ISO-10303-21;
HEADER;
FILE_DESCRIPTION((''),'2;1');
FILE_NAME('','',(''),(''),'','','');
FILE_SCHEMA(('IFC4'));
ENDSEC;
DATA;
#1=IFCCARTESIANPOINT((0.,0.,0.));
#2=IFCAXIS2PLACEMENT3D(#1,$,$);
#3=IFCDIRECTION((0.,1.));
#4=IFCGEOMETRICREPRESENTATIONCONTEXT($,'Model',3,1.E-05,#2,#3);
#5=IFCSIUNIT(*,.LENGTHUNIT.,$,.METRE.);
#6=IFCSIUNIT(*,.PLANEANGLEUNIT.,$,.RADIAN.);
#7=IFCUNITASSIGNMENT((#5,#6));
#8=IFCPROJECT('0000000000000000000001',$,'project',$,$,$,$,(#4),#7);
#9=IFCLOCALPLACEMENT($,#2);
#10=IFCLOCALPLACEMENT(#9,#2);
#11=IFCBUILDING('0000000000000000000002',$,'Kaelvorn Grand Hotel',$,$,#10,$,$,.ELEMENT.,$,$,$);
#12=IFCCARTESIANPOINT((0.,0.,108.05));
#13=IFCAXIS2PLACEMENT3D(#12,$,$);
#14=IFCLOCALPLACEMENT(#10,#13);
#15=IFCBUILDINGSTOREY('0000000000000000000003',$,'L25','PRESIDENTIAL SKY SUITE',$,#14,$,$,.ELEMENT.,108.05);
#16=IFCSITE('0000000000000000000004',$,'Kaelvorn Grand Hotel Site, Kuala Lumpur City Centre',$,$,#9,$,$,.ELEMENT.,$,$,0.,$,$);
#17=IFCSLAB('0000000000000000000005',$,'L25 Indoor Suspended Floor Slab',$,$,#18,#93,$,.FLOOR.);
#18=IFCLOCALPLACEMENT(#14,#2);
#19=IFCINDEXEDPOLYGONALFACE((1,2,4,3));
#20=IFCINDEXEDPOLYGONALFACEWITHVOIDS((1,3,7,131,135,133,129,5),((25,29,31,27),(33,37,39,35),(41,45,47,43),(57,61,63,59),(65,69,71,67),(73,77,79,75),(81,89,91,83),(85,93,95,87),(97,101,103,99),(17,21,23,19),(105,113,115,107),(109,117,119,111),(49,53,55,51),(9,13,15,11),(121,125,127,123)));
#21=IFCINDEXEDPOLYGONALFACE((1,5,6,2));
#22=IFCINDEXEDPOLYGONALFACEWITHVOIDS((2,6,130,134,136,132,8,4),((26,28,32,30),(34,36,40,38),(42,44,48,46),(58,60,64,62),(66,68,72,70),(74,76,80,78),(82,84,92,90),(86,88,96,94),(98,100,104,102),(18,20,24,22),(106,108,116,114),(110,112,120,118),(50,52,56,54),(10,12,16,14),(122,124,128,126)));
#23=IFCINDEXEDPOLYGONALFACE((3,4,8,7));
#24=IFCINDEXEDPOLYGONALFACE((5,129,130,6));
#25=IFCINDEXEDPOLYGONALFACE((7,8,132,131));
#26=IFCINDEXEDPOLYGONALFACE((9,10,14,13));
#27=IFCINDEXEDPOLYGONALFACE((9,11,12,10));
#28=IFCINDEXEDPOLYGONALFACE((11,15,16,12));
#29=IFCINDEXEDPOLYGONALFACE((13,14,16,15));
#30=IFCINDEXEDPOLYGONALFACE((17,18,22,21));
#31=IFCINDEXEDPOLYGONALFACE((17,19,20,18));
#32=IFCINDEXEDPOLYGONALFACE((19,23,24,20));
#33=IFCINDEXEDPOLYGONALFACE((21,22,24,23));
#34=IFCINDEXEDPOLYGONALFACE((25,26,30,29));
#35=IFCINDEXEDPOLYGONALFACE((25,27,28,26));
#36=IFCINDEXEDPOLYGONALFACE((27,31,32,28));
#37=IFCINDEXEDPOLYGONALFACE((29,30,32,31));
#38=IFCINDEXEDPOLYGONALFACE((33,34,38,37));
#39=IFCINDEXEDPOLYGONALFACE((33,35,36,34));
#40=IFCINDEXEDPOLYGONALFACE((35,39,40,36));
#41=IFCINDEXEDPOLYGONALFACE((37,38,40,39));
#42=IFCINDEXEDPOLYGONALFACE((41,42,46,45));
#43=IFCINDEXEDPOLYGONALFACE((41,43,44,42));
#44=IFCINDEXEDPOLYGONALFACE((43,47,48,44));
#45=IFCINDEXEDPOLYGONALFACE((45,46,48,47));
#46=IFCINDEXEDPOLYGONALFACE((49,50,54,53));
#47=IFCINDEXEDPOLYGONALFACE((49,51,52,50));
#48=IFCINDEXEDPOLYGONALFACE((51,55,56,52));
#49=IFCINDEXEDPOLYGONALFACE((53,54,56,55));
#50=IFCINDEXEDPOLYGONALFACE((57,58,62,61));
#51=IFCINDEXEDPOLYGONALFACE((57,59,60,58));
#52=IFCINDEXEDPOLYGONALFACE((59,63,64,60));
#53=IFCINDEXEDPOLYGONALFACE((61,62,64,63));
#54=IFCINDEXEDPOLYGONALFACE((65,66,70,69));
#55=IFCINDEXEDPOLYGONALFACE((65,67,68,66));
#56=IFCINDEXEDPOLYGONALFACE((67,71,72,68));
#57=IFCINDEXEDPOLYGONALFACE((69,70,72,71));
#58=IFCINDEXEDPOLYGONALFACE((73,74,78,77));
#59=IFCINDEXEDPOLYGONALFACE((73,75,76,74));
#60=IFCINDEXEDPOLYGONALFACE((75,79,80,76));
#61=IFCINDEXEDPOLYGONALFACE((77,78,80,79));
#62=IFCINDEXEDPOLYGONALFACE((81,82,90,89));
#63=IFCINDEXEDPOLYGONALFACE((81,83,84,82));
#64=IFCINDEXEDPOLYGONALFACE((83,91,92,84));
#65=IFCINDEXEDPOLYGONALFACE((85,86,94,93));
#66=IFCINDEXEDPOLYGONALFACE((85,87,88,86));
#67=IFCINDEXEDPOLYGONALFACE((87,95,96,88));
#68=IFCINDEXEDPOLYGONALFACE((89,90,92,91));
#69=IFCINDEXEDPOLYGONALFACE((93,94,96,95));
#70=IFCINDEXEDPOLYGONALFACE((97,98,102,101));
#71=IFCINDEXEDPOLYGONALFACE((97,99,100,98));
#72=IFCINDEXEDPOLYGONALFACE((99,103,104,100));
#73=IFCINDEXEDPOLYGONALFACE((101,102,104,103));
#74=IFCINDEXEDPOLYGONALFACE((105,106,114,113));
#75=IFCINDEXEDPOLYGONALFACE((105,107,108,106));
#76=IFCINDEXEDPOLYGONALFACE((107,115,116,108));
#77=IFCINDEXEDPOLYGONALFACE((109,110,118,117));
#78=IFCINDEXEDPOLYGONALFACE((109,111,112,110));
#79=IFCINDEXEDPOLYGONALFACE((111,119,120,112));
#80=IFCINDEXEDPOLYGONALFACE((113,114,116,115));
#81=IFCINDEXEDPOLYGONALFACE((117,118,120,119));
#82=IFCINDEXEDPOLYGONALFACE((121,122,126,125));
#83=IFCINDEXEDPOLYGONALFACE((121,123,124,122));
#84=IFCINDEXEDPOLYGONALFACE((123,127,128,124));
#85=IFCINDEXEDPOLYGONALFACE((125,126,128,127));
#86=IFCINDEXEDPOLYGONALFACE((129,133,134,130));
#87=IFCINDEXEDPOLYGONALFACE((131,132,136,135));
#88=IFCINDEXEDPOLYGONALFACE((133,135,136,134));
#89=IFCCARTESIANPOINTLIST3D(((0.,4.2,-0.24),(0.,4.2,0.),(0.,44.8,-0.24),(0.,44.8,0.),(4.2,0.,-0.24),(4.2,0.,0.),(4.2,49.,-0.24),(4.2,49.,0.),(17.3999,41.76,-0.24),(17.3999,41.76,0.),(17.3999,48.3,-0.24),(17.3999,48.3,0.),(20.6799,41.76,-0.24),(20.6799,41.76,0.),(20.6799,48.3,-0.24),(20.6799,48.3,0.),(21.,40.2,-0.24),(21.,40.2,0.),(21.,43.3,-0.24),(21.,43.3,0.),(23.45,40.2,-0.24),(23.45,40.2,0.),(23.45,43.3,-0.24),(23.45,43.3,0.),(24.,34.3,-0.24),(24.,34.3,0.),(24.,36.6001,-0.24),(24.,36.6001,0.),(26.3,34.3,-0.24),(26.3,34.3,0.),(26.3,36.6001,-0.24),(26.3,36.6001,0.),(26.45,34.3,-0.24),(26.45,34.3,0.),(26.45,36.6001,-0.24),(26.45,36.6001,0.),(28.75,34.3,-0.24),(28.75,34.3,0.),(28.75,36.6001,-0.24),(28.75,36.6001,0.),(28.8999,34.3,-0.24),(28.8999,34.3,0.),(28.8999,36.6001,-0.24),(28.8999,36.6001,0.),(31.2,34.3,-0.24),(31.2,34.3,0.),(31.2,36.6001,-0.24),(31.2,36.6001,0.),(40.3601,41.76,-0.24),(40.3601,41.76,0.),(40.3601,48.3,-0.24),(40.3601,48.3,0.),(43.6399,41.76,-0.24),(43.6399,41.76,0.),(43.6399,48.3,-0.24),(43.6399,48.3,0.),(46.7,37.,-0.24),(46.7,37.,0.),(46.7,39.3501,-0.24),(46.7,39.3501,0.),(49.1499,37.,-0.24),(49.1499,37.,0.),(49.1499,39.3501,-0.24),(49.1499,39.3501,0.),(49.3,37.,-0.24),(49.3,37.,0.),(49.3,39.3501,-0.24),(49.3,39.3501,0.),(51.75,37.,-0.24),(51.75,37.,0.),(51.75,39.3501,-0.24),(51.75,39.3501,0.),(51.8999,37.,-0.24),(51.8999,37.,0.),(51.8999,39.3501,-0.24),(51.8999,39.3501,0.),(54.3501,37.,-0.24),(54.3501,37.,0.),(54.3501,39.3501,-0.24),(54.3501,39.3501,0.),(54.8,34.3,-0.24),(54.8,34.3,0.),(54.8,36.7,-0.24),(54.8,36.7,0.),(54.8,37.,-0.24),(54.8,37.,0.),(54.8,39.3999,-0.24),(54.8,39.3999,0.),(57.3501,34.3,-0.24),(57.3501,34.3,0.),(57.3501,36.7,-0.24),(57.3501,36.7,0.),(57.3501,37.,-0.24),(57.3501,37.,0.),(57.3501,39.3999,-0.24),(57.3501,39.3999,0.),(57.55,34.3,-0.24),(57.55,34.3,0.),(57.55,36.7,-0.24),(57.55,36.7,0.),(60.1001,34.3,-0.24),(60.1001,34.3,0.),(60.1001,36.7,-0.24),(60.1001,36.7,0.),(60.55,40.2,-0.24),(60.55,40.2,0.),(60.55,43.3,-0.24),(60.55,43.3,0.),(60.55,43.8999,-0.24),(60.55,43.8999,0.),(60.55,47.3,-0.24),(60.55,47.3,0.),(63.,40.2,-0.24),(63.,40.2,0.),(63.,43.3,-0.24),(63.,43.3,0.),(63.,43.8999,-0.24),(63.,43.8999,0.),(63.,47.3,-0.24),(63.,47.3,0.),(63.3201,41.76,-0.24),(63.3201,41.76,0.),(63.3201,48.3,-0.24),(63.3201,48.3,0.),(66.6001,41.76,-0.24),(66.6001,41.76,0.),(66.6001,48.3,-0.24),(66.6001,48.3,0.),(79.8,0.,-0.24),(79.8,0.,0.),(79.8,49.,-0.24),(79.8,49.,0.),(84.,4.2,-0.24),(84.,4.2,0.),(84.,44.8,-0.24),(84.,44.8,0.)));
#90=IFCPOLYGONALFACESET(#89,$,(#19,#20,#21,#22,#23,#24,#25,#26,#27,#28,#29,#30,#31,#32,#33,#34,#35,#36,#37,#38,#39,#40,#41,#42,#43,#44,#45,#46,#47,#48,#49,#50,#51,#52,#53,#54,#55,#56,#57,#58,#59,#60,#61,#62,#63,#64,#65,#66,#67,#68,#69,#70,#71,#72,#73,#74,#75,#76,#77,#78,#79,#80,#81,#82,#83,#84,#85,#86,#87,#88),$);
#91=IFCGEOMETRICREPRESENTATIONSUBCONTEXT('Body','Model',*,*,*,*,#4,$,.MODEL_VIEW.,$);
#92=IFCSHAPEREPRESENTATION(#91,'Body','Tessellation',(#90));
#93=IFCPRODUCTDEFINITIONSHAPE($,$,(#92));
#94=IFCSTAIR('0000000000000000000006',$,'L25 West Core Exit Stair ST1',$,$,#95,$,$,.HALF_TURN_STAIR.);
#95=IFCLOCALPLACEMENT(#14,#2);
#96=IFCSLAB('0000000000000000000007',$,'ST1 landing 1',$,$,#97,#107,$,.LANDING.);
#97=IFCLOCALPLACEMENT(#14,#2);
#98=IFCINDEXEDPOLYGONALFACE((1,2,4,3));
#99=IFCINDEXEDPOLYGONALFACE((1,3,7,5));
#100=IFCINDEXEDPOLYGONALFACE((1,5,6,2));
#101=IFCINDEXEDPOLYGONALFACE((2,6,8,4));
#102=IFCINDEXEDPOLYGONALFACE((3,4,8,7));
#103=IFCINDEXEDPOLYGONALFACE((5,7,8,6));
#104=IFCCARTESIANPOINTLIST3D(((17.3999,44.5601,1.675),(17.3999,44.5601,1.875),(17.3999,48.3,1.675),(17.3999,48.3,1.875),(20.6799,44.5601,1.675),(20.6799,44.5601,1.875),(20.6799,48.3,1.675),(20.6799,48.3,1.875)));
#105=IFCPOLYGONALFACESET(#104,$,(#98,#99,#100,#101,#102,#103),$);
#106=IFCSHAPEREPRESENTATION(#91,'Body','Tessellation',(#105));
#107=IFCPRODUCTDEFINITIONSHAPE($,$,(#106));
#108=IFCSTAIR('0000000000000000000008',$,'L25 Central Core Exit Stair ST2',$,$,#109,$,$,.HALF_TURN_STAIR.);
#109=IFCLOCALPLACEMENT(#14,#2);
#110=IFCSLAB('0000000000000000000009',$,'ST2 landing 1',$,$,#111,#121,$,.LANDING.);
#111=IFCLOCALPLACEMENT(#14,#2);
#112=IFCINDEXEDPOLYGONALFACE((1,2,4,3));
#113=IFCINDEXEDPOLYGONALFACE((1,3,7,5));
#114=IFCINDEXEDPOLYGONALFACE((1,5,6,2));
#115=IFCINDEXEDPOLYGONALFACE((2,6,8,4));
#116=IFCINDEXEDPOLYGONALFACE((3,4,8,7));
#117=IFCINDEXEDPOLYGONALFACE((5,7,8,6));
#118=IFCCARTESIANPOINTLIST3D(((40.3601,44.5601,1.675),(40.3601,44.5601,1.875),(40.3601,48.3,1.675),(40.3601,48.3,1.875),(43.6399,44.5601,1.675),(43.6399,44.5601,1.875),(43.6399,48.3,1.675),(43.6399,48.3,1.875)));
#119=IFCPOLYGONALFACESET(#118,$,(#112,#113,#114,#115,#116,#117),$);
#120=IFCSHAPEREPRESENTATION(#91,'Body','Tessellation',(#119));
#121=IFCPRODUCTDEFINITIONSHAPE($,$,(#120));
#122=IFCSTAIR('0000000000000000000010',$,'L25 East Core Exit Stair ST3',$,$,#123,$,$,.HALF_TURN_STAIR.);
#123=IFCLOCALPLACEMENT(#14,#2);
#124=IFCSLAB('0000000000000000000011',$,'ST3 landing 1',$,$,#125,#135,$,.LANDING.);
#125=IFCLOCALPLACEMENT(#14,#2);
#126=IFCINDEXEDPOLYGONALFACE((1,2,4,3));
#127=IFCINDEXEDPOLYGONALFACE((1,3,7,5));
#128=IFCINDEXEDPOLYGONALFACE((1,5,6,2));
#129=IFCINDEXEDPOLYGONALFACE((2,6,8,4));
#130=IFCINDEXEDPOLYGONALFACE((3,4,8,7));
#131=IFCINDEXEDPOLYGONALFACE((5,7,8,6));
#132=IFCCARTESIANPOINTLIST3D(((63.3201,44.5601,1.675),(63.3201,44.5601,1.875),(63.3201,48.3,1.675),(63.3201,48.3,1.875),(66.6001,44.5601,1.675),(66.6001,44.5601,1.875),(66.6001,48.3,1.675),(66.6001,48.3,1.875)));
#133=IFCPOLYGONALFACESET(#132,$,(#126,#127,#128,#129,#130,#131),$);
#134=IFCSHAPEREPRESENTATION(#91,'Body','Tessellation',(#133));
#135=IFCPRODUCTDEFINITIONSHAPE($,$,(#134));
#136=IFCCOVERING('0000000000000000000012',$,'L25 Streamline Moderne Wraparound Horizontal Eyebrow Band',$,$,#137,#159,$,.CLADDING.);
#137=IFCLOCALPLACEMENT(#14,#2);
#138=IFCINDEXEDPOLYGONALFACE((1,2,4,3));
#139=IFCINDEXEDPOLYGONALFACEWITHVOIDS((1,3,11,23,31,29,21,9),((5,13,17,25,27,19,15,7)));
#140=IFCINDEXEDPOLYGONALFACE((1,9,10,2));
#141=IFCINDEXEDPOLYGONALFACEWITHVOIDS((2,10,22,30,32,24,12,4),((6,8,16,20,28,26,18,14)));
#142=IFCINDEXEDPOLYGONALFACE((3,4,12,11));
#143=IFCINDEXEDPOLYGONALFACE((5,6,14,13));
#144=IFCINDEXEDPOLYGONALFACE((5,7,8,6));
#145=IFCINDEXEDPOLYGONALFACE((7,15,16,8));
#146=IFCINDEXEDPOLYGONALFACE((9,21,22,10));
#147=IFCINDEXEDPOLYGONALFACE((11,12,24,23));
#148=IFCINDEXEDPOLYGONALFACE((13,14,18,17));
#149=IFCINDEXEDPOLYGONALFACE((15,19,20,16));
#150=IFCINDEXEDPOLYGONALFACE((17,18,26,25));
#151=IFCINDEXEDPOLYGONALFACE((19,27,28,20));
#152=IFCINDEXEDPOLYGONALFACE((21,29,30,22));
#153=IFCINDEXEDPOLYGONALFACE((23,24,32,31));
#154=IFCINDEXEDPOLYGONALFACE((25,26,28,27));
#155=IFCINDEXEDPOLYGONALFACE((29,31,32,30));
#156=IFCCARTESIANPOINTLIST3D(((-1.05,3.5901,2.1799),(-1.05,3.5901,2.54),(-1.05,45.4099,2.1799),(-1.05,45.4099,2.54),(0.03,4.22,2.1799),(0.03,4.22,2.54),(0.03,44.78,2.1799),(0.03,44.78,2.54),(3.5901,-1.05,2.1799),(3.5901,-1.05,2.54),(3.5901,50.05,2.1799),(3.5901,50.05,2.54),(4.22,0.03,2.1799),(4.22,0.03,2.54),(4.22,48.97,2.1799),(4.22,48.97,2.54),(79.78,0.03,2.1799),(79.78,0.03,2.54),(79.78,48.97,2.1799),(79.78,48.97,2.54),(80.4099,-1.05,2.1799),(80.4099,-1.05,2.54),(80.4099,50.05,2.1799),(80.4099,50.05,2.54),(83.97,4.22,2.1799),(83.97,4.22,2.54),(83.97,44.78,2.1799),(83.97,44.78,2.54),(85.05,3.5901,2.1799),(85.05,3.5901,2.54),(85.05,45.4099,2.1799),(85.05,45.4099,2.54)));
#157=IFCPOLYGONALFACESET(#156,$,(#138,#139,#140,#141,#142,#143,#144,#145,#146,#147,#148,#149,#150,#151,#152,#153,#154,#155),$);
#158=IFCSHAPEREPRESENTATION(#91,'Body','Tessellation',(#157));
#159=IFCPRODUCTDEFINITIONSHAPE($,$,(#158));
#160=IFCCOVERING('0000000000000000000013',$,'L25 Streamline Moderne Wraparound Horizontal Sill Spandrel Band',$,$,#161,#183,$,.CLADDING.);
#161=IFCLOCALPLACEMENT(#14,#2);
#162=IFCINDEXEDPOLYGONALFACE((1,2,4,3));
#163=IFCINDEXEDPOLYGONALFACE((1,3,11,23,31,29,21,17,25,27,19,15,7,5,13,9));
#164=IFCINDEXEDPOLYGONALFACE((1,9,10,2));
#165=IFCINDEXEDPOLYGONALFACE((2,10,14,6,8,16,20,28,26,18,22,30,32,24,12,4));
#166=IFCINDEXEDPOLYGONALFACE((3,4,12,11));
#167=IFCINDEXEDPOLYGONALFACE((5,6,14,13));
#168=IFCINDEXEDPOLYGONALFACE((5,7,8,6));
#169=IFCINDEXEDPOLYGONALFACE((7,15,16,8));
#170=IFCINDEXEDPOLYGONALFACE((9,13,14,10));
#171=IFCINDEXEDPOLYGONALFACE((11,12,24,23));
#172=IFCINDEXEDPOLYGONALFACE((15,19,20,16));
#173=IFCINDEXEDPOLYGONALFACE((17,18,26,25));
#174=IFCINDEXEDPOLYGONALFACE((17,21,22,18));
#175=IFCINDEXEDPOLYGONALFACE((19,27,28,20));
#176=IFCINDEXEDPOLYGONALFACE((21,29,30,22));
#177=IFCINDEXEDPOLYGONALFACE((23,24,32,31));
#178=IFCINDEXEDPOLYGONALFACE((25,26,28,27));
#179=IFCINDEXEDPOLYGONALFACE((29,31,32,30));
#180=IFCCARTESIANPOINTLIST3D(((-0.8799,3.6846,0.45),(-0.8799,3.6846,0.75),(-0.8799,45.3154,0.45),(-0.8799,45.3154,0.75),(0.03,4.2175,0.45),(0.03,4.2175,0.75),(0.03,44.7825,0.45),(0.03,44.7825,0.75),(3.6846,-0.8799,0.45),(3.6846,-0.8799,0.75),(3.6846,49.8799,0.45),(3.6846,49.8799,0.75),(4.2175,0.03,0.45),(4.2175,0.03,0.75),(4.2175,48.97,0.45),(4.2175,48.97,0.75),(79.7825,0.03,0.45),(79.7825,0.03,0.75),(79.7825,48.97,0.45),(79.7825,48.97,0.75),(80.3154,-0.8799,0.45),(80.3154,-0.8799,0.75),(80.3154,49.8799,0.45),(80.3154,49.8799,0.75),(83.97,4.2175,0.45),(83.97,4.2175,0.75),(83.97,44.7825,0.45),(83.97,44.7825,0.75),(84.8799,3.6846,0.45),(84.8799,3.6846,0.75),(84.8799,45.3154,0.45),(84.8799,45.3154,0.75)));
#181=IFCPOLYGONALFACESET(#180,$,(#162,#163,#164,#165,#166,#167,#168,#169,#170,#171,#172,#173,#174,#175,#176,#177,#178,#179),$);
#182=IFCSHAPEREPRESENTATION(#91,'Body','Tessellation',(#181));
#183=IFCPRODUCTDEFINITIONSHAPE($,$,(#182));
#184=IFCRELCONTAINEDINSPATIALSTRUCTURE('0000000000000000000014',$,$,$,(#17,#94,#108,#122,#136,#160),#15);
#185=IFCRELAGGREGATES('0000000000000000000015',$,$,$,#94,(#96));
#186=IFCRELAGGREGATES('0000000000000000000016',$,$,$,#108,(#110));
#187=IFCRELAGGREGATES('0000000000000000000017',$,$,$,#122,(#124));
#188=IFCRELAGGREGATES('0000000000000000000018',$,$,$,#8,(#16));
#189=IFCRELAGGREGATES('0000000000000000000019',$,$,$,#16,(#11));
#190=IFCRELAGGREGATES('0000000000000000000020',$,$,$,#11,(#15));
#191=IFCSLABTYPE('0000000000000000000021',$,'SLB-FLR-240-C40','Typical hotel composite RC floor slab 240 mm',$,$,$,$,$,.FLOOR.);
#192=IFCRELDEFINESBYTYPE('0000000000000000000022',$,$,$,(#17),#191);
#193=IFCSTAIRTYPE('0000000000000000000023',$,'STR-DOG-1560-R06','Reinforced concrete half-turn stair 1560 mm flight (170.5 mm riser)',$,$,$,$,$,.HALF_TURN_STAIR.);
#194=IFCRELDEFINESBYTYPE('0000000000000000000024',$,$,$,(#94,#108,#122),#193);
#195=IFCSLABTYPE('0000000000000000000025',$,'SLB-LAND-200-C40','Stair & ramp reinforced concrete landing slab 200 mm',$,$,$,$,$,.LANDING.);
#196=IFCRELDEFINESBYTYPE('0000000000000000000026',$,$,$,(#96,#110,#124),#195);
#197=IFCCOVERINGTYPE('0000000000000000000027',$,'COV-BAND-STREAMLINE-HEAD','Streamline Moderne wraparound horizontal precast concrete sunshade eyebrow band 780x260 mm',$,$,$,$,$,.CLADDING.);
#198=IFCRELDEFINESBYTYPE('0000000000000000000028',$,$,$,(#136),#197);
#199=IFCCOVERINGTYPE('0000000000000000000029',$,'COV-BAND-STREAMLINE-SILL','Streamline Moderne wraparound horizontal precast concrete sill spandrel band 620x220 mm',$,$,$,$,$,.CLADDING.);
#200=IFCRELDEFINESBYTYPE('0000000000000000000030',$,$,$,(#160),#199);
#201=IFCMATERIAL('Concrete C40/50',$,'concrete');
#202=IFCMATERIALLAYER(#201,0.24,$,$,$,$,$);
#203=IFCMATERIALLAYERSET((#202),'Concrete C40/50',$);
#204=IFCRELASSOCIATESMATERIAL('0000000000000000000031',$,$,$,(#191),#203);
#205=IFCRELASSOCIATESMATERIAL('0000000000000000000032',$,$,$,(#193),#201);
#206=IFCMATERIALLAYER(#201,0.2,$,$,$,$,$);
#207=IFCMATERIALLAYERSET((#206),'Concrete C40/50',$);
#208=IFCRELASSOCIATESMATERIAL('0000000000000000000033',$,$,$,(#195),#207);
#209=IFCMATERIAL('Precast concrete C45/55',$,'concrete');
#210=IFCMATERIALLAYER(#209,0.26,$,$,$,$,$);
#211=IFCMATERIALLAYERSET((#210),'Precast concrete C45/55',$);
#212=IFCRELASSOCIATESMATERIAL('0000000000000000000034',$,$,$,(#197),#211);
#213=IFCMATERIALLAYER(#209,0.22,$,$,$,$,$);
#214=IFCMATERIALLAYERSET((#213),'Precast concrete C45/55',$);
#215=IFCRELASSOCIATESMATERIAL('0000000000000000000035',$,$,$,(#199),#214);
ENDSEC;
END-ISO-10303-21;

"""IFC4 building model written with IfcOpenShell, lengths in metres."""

from ifc_helpers import new_model, si_unit, direction, frame, origin, place, context, subcontext, project, spatial, polyline, outline, extrude, material, layer, layer_set, type_object, element, aggregate, save


model = new_model("IFC4")

# Units and contexts
model_context = context("Model", 3, precision=1e-05, world=origin(), true_north=direction((0.0, 1.0)))
body_context = subcontext(model_context, "Body", "Model", "MODEL_VIEW")
ifc_project = project(units=[si_unit("LENGTHUNIT", "METRE"), si_unit("PLANEANGLEUNIT", "RADIAN")], contexts=[model_context])

# Site, building, storey
site_placement = place(None, origin())
site = spatial("IfcSite", under=ifc_project, at=site_placement, Name="Kaelvorn Grand Hotel Site, Kuala Lumpur City Centre", CompositionType="ELEMENT", RefElevation=0.0)
building_placement = place(site_placement, origin())
building = spatial("IfcBuilding", under=site, at=building_placement, Name="Kaelvorn Grand Hotel", CompositionType="ELEMENT")
storey_placement = place(building_placement, frame((0.0, 0.0, 108.05)))
storey = spatial("IfcBuildingStorey", under=building, at=storey_placement, Name="L25", Description="PRESIDENTIAL SKY SUITE", CompositionType="ELEMENT", Elevation=108.05)

# Slab
ifc_material_1 = material(Name="Concrete C40/50", Category="concrete")
ifc_layer_1 = layer(ifc_material_1, 0.24)
ifc_layer_set_1 = layer_set([ifc_layer_1], Name="Concrete C40/50")
slab_type_1 = type_object("IfcSlabType", Name="SLB-FLR-240-C40", Description="Typical hotel composite RC floor slab 240 mm", PredefinedType="FLOOR", material=ifc_layer_set_1)
slab_1_placement = place(storey_placement, frame((0.0, 0.0, -0.24)))
element("IfcSlab", 1, at=slab_1_placement, inside=storey, type_object=slab_type_1, Name="L25 Indoor Suspended Floor Slab", PredefinedType="FLOOR", context=body_context, shape_type="SweptSolid", body=[
    extrude(outline(polyline([(4.2, 0.0), (79.8, 0.0), (84.0, 4.2), (84.0, 44.8), (79.8, 49.0), (4.2, 49.0), (0.0, 44.8), (0.0, 4.2), (4.2, 0.0)]), holes=[polyline([(17.3999, 41.76), (17.3999, 48.3), (20.6799, 48.3), (20.6799, 41.76), (17.3999, 41.76)]), polyline([(40.3601, 41.76), (40.3601, 48.3), (43.6399, 48.3), (43.6399, 41.76), (40.3601, 41.76)]), polyline([(63.3201, 41.76), (63.3201, 48.3), (66.6001, 48.3), (66.6001, 41.76), (63.3201, 41.76)]), polyline([(24.0, 34.3), (24.0, 36.6001), (26.3, 36.6001), (26.3, 34.3), (24.0, 34.3)]), polyline([(26.45, 34.3), (26.45, 36.6001), (28.75, 36.6001), (28.75, 34.3), (26.45, 34.3)]), polyline([(28.8999, 34.3), (28.8999, 36.6001), (31.2, 36.6001), (31.2, 34.3), (28.8999, 34.3)]), polyline([(46.7, 37.0), (46.7, 39.3501), (49.1499, 39.3501), (49.1499, 37.0), (46.7, 37.0)]), polyline([(49.3, 37.0), (49.3, 39.3501), (51.75, 39.3501), (51.75, 37.0), (49.3, 37.0)]), polyline([(51.8999, 37.0), (51.8999, 39.3501), (54.3501, 39.3501), (54.3501, 37.0), (51.8999, 37.0)]), polyline([(54.8, 34.3), (54.8, 36.7), (57.3501, 36.7), (57.3501, 34.3), (54.8, 34.3)]), polyline([(57.55, 34.3), (57.55, 36.7), (60.1001, 36.7), (60.1001, 34.3), (57.55, 34.3)]), polyline([(54.8, 37.0), (54.8, 39.3999), (57.3501, 39.3999), (57.3501, 37.0), (54.8, 37.0)]), polyline([(21.0, 40.2), (21.0, 43.3), (23.45, 43.3), (23.45, 40.2), (21.0, 40.2)]), polyline([(60.55, 40.2), (60.55, 43.3), (63.0, 43.3), (63.0, 40.2), (60.55, 40.2)]), polyline([(60.55, 43.8999), (60.55, 47.3), (63.0, 47.3), (63.0, 43.8999), (60.55, 43.8999)])]), origin(), (0.0, 0.0, 1.0), 0.24),
])

# Stairs, slabs
stair_type = type_object("IfcStairType", Name="STR-DOG-1560-R06", Description="Reinforced concrete half-turn stair 1560 mm flight (170.5 mm riser)", PredefinedType="HALF_TURN_STAIR", material=ifc_material_1)
stair_1_placement = place(storey_placement, origin())
stair_1 = element("IfcStair", 2, at=stair_1_placement, inside=storey, type_object=stair_type, Name="L25 West Core Exit Stair ST1", PredefinedType="HALF_TURN_STAIR")
ifc_layer_2 = layer(ifc_material_1, 0.2)
ifc_layer_set_2 = layer_set([ifc_layer_2], Name="Concrete C40/50")
slab_type_2 = type_object("IfcSlabType", Name="SLB-LAND-200-C40", Description="Stair & ramp reinforced concrete landing slab 200 mm", PredefinedType="LANDING", material=ifc_layer_set_2)
slab_2_placement = place(storey_placement, frame((0.0, 0.0, 1.675)))
slab_2 = element("IfcSlab", 3, at=slab_2_placement, type_object=slab_type_2, Name="ST1 landing 1", PredefinedType="LANDING", context=body_context, shape_type="SweptSolid", body=[
    extrude(outline(polyline([(20.6799, 44.5601), (20.6799, 48.3), (17.3999, 48.3), (17.3999, 44.5601), (20.6799, 44.5601)])), origin(), (0.0, 0.0, 1.0), 0.2),
])
aggregate(stair_1, [slab_2])
stair_2_placement = place(storey_placement, origin())
stair_2 = element("IfcStair", 4, at=stair_2_placement, inside=storey, type_object=stair_type, Name="L25 Central Core Exit Stair ST2", PredefinedType="HALF_TURN_STAIR")
slab_3_placement = place(storey_placement, frame((0.0, 0.0, 1.675)))
slab_3 = element("IfcSlab", 5, at=slab_3_placement, type_object=slab_type_2, Name="ST2 landing 1", PredefinedType="LANDING", context=body_context, shape_type="SweptSolid", body=[
    extrude(outline(polyline([(43.6399, 44.5601), (43.6399, 48.3), (40.3601, 48.3), (40.3601, 44.5601), (43.6399, 44.5601)])), origin(), (0.0, 0.0, 1.0), 0.2),
])
aggregate(stair_2, [slab_3])
stair_3_placement = place(storey_placement, origin())
stair_3 = element("IfcStair", 6, at=stair_3_placement, inside=storey, type_object=stair_type, Name="L25 East Core Exit Stair ST3", PredefinedType="HALF_TURN_STAIR")
slab_4_placement = place(storey_placement, frame((0.0, 0.0, 1.675)))
slab_4 = element("IfcSlab", 7, at=slab_4_placement, type_object=slab_type_2, Name="ST3 landing 1", PredefinedType="LANDING", context=body_context, shape_type="SweptSolid", body=[
    extrude(outline(polyline([(66.6001, 44.5601), (66.6001, 48.3), (63.3201, 48.3), (63.3201, 44.5601), (66.6001, 44.5601)])), origin(), (0.0, 0.0, 1.0), 0.2),
])
aggregate(stair_3, [slab_4])

# Coverings
ifc_material_2 = material(Name="Precast concrete C45/55", Category="concrete")
ifc_layer_3 = layer(ifc_material_2, 0.26)
ifc_layer_set_3 = layer_set([ifc_layer_3], Name="Precast concrete C45/55")
covering_type_1 = type_object("IfcCoveringType", Name="COV-BAND-STREAMLINE-HEAD", Description="Streamline Moderne wraparound horizontal precast concrete sunshade eyebrow band 780x260 mm", PredefinedType="CLADDING", material=ifc_layer_set_3)
covering_1_placement = place(storey_placement, frame((0.0, 0.0, 2.1799)))
element("IfcCovering", 8, at=covering_1_placement, inside=storey, type_object=covering_type_1, Name="L25 Streamline Moderne Wraparound Horizontal Eyebrow Band", PredefinedType="CLADDING", context=body_context, shape_type="SweptSolid", body=[
    extrude(outline(polyline([(3.5901, -1.05), (80.4099, -1.05), (85.05, 3.5901), (85.05, 45.4099), (80.4099, 50.05), (3.5901, 50.05), (-1.05, 45.4099), (-1.05, 3.5901), (3.5901, -1.05)]), holes=[polyline([(4.22, 0.03), (79.78, 0.03), (83.97, 4.22), (83.97, 44.78), (79.78, 48.97), (4.22, 48.97), (0.03, 44.78), (0.03, 4.22), (4.22, 0.03)])]), origin(), (0.0, 0.0, 1.0), 0.3601),
])
ifc_layer_4 = layer(ifc_material_2, 0.22)
ifc_layer_set_4 = layer_set([ifc_layer_4], Name="Precast concrete C45/55")
covering_type_2 = type_object("IfcCoveringType", Name="COV-BAND-STREAMLINE-SILL", Description="Streamline Moderne wraparound horizontal precast concrete sill spandrel band 620x220 mm", PredefinedType="CLADDING", material=ifc_layer_set_4)
covering_2_placement = place(storey_placement, frame((0.0, 0.0, 0.45)))
element("IfcCovering", 9, at=covering_2_placement, inside=storey, type_object=covering_type_2, Name="L25 Streamline Moderne Wraparound Horizontal Sill Spandrel Band", PredefinedType="CLADDING", context=body_context, shape_type="SweptSolid", body=[
    extrude(outline(polyline([(80.3154, -0.8799), (84.8799, 3.6846), (84.8799, 45.3154), (80.3154, 49.8799), (3.6846, 49.8799), (-0.8799, 45.3154), (-0.8799, 3.6846), (3.6846, -0.8799), (4.2175, 0.03), (0.03, 4.2175), (0.03, 44.7825), (4.2175, 48.97), (79.7825, 48.97), (83.97, 44.7825), (83.97, 4.2175), (79.7825, 0.03), (80.3154, -0.8799)])), origin(), (0.0, 0.0, 1.0), 0.3),
])

save(model, "model.ifc")
